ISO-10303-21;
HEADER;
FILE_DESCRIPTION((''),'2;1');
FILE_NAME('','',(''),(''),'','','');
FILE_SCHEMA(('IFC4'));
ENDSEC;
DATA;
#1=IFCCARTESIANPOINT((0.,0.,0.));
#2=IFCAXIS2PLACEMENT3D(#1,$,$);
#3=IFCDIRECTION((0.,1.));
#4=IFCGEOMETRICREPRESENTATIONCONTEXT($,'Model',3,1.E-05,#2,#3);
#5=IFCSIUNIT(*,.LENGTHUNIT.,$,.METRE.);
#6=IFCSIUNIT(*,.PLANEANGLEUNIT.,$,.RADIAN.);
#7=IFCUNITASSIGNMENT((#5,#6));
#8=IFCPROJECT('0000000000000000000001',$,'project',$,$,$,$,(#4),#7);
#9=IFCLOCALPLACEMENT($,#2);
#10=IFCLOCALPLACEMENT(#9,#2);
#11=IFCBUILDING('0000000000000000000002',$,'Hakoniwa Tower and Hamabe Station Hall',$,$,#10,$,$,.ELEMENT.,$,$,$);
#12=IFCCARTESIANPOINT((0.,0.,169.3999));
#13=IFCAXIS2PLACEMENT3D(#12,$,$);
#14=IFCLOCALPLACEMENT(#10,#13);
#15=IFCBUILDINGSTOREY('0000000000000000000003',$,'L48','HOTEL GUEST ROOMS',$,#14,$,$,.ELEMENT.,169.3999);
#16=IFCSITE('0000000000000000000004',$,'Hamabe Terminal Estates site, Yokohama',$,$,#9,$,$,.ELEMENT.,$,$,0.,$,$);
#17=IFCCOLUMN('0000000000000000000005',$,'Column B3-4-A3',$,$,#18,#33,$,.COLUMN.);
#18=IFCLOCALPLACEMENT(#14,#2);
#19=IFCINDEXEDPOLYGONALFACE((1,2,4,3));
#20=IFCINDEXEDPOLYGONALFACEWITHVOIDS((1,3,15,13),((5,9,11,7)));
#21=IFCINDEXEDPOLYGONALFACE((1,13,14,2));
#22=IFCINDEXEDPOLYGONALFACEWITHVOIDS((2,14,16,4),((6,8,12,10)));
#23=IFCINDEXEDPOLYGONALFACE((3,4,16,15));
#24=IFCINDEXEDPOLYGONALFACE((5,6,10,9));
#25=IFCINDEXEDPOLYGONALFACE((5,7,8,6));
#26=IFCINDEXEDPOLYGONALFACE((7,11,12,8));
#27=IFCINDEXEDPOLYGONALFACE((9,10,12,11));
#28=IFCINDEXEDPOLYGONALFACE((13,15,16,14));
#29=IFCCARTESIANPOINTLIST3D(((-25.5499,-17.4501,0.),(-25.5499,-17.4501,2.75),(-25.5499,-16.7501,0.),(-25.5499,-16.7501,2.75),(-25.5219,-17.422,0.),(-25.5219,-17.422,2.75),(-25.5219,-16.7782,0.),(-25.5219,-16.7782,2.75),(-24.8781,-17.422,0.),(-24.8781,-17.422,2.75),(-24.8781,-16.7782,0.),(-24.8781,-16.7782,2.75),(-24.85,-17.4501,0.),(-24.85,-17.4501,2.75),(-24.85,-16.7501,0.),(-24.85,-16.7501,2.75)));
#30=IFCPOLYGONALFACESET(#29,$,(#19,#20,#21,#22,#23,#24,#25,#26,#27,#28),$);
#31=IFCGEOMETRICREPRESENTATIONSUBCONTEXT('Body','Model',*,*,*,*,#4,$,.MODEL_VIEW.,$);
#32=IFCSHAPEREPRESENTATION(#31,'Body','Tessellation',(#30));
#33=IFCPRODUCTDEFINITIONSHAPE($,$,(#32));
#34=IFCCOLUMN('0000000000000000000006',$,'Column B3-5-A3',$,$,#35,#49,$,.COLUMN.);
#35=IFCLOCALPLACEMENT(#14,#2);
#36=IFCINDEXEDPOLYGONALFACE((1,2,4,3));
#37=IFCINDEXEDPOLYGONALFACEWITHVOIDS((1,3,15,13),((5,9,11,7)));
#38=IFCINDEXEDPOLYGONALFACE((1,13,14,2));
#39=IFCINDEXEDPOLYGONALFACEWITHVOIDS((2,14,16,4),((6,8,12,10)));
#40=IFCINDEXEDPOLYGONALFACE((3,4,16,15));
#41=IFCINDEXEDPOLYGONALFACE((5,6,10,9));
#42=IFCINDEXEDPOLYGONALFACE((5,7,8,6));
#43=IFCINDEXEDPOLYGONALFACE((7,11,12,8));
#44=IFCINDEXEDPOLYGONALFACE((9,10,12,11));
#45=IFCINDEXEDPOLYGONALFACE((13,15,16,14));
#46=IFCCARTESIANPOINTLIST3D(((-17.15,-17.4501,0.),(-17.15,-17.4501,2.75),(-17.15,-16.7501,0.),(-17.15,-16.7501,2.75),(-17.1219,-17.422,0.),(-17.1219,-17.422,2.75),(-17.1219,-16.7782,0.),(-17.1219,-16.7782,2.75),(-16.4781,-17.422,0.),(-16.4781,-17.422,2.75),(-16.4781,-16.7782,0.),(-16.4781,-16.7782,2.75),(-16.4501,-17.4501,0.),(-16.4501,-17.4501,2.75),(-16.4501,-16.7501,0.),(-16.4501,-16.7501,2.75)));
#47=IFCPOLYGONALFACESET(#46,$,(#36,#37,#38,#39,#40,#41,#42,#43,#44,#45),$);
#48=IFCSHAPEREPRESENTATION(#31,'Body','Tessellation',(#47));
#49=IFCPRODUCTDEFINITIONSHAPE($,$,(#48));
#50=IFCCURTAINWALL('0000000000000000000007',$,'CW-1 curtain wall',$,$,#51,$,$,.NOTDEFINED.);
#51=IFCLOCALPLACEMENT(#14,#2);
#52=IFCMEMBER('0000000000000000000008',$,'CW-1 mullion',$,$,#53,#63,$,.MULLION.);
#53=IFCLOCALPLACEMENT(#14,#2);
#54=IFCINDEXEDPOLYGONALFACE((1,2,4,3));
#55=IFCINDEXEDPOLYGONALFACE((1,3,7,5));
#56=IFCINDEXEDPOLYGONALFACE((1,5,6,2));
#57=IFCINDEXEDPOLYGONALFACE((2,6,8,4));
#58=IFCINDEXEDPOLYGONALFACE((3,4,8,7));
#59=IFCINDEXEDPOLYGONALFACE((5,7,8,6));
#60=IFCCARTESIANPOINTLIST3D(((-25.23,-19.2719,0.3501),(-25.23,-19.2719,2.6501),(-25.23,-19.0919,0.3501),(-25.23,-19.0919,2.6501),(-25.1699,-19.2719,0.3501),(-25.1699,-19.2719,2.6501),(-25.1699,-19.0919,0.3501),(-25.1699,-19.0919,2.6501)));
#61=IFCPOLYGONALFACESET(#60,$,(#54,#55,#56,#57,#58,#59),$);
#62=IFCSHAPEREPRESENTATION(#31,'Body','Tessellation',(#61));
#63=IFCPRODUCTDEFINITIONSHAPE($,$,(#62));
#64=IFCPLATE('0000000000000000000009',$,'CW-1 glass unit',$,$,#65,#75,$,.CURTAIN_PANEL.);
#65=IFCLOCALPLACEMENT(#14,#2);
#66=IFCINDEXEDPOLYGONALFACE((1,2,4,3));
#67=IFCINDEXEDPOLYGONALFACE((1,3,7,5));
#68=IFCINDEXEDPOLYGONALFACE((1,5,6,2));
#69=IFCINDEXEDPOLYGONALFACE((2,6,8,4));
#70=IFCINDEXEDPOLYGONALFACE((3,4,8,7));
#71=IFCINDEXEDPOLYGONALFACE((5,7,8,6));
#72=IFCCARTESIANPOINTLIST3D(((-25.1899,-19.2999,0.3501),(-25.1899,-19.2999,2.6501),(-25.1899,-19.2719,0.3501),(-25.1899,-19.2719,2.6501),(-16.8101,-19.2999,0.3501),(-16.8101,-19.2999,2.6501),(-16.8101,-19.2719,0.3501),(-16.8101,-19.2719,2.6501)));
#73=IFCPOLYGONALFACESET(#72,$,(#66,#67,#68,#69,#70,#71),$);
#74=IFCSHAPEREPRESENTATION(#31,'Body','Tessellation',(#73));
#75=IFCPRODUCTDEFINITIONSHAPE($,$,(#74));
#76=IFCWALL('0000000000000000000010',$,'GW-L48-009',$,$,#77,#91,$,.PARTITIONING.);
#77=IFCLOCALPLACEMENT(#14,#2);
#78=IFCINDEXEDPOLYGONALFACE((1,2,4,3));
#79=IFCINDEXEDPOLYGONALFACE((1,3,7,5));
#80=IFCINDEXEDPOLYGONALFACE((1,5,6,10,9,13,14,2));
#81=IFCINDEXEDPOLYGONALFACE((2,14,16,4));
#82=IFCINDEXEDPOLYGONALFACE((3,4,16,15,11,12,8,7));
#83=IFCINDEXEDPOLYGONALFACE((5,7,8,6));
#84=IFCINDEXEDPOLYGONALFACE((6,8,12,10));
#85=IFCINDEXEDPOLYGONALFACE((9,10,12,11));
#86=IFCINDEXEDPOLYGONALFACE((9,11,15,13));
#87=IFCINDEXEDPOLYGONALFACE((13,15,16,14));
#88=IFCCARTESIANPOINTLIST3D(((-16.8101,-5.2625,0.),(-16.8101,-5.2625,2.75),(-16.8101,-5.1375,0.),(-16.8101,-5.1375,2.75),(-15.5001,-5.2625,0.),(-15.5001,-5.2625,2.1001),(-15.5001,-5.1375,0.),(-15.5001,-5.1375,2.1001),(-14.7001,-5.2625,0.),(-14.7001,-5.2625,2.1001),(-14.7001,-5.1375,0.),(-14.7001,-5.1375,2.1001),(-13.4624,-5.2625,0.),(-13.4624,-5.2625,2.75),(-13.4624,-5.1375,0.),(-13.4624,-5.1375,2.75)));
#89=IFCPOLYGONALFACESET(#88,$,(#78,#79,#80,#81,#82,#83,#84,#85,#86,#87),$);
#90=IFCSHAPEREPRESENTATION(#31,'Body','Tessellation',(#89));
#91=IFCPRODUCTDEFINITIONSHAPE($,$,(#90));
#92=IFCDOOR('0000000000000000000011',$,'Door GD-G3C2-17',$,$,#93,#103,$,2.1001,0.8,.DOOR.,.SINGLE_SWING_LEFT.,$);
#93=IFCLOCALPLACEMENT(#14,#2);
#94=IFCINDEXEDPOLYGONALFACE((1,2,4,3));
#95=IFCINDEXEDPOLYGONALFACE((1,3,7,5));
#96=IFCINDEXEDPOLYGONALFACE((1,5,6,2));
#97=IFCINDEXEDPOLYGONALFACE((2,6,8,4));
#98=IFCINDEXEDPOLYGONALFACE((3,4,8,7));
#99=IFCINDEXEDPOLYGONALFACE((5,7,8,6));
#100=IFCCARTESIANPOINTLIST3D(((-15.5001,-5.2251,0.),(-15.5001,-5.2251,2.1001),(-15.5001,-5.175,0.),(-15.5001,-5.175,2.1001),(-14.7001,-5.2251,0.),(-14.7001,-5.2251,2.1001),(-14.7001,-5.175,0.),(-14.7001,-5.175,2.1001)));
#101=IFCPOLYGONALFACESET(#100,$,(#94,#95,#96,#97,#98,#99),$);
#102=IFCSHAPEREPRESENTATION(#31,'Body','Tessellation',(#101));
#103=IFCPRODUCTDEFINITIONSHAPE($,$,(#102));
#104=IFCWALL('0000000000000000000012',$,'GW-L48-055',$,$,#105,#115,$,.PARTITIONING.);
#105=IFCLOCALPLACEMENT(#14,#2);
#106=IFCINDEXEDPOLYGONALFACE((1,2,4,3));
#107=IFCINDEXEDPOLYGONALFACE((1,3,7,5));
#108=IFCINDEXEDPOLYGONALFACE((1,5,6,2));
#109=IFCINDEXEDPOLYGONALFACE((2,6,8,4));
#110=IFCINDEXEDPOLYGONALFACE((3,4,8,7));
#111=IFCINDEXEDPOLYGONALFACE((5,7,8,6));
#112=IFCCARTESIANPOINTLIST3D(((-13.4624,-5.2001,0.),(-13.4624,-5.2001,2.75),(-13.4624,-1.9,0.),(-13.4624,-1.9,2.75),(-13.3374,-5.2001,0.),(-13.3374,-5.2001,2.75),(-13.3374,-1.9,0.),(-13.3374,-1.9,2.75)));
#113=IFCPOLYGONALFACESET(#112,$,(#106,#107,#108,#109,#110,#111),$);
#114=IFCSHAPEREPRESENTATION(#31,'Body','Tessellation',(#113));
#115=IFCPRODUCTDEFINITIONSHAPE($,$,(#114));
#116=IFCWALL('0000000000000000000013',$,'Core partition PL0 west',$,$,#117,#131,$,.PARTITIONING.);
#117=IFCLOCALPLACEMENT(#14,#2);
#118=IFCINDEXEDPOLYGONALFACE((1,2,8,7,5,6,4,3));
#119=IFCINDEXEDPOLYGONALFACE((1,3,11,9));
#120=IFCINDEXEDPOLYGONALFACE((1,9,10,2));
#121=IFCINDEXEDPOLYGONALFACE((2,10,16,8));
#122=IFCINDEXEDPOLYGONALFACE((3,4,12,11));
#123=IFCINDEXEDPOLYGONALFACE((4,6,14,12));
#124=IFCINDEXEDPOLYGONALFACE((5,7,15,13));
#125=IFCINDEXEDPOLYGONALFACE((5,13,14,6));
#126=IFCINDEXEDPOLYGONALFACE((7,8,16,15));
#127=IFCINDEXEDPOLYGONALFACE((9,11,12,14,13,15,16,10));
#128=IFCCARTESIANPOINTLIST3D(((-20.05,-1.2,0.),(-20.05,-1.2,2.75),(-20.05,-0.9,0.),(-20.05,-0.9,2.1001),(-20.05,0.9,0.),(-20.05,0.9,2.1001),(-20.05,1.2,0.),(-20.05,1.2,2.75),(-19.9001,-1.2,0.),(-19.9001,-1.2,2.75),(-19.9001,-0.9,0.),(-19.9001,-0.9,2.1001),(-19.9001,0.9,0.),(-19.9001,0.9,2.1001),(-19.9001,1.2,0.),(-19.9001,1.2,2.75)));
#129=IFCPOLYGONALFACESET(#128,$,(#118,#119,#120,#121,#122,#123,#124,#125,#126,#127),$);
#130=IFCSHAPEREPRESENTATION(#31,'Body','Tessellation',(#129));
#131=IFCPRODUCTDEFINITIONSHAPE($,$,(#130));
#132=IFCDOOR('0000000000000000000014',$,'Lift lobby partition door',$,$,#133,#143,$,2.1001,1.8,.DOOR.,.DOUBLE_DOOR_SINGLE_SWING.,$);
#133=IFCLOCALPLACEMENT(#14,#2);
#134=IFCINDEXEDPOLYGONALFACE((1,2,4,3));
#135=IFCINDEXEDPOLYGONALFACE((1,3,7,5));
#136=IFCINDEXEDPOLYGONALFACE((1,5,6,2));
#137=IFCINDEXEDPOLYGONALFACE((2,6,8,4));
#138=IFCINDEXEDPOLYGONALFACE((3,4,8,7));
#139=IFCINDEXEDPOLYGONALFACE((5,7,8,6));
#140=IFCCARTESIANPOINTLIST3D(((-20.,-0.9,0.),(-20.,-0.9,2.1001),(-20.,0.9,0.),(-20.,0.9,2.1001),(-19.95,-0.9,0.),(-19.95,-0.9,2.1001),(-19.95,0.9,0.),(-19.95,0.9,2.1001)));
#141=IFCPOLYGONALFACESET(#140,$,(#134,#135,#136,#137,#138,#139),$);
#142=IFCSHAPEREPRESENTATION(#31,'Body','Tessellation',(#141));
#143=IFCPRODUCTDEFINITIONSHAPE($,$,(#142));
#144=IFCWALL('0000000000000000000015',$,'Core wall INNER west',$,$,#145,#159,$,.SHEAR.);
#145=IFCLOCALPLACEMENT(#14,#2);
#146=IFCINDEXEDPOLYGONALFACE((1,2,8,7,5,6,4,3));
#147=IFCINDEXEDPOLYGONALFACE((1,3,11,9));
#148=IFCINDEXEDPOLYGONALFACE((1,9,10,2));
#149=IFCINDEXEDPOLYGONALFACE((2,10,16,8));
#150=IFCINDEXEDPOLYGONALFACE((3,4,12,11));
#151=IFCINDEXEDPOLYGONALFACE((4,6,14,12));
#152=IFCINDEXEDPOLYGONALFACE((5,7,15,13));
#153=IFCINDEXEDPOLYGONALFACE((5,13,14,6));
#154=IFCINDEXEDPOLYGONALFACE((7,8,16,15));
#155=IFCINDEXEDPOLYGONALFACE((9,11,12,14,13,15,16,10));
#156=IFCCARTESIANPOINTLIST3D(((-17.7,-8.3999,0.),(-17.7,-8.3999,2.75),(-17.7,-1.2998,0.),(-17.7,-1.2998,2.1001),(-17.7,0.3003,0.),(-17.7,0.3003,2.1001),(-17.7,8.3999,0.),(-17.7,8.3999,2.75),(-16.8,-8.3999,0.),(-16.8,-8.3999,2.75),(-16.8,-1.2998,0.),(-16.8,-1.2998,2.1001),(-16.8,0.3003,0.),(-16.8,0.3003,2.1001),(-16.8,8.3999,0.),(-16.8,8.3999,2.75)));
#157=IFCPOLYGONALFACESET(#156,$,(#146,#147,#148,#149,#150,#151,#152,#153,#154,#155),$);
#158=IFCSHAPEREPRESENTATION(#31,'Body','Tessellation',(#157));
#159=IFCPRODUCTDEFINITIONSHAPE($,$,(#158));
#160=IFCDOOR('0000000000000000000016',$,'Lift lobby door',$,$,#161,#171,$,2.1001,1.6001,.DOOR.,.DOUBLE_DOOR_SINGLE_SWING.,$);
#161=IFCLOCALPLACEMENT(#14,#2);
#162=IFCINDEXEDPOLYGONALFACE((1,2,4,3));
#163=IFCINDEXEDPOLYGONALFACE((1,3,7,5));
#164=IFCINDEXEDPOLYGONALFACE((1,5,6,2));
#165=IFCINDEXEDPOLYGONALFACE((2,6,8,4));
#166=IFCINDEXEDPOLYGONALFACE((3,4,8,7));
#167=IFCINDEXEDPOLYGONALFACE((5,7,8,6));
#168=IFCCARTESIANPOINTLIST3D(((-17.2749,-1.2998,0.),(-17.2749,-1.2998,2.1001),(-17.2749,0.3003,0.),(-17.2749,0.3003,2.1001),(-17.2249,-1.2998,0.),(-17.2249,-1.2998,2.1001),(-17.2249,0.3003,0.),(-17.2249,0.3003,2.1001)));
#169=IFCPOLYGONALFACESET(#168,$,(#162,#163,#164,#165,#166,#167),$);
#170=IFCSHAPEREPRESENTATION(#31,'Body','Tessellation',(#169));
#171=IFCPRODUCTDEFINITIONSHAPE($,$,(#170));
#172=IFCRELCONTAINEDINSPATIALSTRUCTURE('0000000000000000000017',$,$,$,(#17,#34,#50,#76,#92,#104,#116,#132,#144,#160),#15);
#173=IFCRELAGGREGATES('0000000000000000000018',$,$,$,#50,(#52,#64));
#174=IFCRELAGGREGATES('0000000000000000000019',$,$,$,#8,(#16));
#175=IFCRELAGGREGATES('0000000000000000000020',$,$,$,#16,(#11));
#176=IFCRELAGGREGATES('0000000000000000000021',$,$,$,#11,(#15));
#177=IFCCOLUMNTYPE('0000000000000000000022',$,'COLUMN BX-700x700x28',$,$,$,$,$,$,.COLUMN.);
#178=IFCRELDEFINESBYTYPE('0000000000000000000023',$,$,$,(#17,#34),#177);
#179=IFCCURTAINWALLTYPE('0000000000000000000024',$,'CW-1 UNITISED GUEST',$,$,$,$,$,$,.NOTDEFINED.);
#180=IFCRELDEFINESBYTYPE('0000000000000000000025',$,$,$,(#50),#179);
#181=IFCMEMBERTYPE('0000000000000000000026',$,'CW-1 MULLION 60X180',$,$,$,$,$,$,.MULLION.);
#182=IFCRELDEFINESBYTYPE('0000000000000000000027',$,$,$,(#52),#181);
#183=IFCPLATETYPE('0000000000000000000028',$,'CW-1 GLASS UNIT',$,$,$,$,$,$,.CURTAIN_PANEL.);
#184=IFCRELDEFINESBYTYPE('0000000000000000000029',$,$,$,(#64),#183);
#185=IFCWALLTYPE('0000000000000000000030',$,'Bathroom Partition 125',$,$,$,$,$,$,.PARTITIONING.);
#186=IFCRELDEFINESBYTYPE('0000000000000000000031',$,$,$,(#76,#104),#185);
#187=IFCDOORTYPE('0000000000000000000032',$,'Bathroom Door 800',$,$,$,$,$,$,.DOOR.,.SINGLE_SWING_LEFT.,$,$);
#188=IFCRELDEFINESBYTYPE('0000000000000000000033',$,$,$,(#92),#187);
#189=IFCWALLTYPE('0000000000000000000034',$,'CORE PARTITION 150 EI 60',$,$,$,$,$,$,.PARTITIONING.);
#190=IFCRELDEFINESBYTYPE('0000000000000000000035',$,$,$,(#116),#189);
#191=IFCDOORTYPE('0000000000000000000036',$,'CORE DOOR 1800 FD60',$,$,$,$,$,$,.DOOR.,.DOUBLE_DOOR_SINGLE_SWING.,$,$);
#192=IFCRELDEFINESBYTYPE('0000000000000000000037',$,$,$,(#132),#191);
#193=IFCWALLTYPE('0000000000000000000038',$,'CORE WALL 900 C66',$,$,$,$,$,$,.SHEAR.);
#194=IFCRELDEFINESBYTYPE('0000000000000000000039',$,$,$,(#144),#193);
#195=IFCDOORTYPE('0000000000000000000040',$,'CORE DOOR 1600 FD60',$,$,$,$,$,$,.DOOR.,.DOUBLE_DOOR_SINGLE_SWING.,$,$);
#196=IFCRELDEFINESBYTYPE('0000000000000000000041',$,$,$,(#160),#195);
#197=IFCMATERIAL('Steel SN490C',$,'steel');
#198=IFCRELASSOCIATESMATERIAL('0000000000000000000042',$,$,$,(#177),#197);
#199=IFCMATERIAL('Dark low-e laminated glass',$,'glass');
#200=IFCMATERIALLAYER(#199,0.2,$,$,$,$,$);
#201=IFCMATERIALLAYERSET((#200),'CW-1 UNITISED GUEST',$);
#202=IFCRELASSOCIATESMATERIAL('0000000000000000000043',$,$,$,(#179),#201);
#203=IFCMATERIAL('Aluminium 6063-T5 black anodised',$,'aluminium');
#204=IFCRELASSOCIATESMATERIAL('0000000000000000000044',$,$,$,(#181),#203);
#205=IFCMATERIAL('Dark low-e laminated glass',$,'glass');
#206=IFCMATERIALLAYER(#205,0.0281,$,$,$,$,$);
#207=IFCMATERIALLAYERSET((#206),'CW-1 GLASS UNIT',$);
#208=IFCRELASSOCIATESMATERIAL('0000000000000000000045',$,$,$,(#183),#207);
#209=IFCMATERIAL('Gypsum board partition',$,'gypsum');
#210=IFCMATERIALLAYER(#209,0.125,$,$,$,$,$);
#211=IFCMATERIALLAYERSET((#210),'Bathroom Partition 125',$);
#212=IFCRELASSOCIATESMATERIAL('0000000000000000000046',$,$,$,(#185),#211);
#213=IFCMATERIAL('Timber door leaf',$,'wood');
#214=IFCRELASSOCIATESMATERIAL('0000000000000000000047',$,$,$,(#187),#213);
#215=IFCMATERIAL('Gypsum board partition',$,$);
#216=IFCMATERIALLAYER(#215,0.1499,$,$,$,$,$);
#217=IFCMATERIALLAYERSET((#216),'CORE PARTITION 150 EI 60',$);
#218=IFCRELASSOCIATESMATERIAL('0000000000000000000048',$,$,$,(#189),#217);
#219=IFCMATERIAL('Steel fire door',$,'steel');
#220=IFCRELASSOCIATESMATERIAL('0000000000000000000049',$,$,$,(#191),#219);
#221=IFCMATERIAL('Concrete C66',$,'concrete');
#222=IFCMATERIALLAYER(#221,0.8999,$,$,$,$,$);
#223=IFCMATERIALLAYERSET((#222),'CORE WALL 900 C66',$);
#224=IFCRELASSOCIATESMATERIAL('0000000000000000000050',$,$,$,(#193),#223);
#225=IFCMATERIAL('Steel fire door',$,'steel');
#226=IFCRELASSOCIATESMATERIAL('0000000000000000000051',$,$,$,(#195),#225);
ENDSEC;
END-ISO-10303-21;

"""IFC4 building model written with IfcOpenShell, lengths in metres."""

from ifc_helpers import new_model, si_unit, direction, frame, frame_2d, origin, origin_2d, place, context, subcontext, project, spatial, rectangle, hollow_rectangle, extrude, material, layer, layer_set, material_profile, profile_set, type_object, element, fill, aggregate, save


model = new_model("IFC4")

# Units and contexts
model_context = context("Model", 3, precision=1e-05, world=origin(), true_north=direction((0.0, 1.0)))
body_context = subcontext(model_context, "Body", "Model", "MODEL_VIEW")
ifc_project = project(units=[si_unit("LENGTHUNIT", "METRE"), si_unit("PLANEANGLEUNIT", "RADIAN")], contexts=[model_context])

# Site, building, storey
site_placement = place(None, origin())
site = spatial("IfcSite", under=ifc_project, at=site_placement, Name="Hamabe Terminal Estates site, Yokohama", CompositionType="ELEMENT", RefElevation=0.0)
building_placement = place(site_placement, origin())
building = spatial("IfcBuilding", under=site, at=building_placement, Name="Hakoniwa Tower and Hamabe Station Hall", CompositionType="ELEMENT")
storey_placement = place(building_placement, frame((0.0, 0.0, 169.3999)))
storey = spatial("IfcBuildingStorey", under=building, at=storey_placement, Name="L48", Description="HOTEL GUEST ROOMS", CompositionType="ELEMENT", Elevation=169.3999)

# Columns
ifc_material_1 = material(Name="Steel SN490C", Category="steel")
ifc_material_profile_1 = material_profile(ifc_material_1, hollow_rectangle(XDim=0.7, YDim=0.7, WallThickness=0.0281, at=origin_2d()), Name="BX-700x700x28")
ifc_profile_set_1 = profile_set([ifc_material_profile_1], Name="Steel SN490C")
column_type = type_object("IfcColumnType", Name="COLUMN BX-700x700x28", PredefinedType="COLUMN", material=ifc_profile_set_1)
for number, where, z_axis, x_axis, name in (
    (1, (-25.2, -17.1001, 0.0), (0.0, 0.0, 1.0), (1.0, 0.0, 0.0), "Column B3-4-A3"),
    (2, (-16.8, -17.1001, 0.0), (0.0, 0.0, 1.0), (1.0, 0.0, 0.0), "Column B3-5-A3"),
):
    element("IfcColumn", number, at=place(storey_placement, frame(where, z_axis=z_axis, x_axis=x_axis)), inside=storey, type_object=column_type, Name=name, PredefinedType="COLUMN", context=body_context, shape_type="SweptSolid", body=[
        extrude(hollow_rectangle(XDim=0.7, YDim=0.7, WallThickness=0.0281, at=origin_2d()), origin(), (0.0, 0.0, 1.0), 2.75),
    ])

# Curtain wall, member, plate
ifc_material_2 = material(Name="Dark low-e laminated glass", Category="glass")
ifc_layer_1 = layer(ifc_material_2, 0.2)
ifc_layer_set_1 = layer_set([ifc_layer_1], Name="CW-1 UNITISED GUEST")
curtain_wall_type = type_object("IfcCurtainWallType", Name="CW-1 UNITISED GUEST", PredefinedType="NOTDEFINED", material=ifc_layer_set_1)
curtain_wall_placement = place(storey_placement, origin())
curtain_wall = element("IfcCurtainWall", 3, at=curtain_wall_placement, inside=storey, type_object=curtain_wall_type, Name="CW-1 curtain wall", PredefinedType="NOTDEFINED")
ifc_material_3 = material(Name="Aluminium 6063-T5 black anodised", Category="aluminium")
ifc_material_profile_2 = material_profile(ifc_material_3, rectangle(XDim=0.0601, YDim=0.1799, at=origin_2d()), Name="CW-1 MULLION 60X180")
ifc_profile_set_2 = profile_set([ifc_material_profile_2], Name="Aluminium 6063-T5 black anodised")
member_type = type_object("IfcMemberType", Name="CW-1 MULLION 60X180", PredefinedType="MULLION", material=ifc_profile_set_2)
member_placement = place(storey_placement, frame((-25.2, -19.1819, 0.3501), z_axis=(0.0, 0.0, 1.0), x_axis=(1.0, 0.0, 0.0)))
member = element("IfcMember", 4, at=member_placement, type_object=member_type, Name="CW-1 mullion", PredefinedType="MULLION", context=body_context, shape_type="SweptSolid", body=[
    extrude(rectangle(XDim=0.0601, YDim=0.1799, at=origin_2d()), origin(), (0.0, 0.0, 1.0), 2.3),
])
ifc_material_4 = material(Name="Dark low-e laminated glass", Category="glass")
ifc_layer_2 = layer(ifc_material_4, 0.0281)
ifc_layer_set_2 = layer_set([ifc_layer_2], Name="CW-1 GLASS UNIT")
plate_type = type_object("IfcPlateType", Name="CW-1 GLASS UNIT", PredefinedType="CURTAIN_PANEL", material=ifc_layer_set_2)
plate_placement = place(storey_placement, frame((-21.0, -19.2859, 0.3501), z_axis=(0.0, 0.0, 1.0), x_axis=(1.0, 0.0, 0.0)))
plate = element("IfcPlate", 5, at=plate_placement, type_object=plate_type, Name="CW-1 glass unit", PredefinedType="CURTAIN_PANEL", context=body_context, shape_type="SweptSolid", body=[
    extrude(rectangle(XDim=8.3799, YDim=0.0281, at=origin_2d()), origin(), (0.0, 0.0, 1.0), 2.3),
])
aggregate(curtain_wall, [member, plate])

# Wall, opening, door
ifc_material_5 = material(Name="Gypsum board partition", Category="gypsum")
ifc_layer_3 = layer(ifc_material_5, 0.125)
ifc_layer_set_3 = layer_set([ifc_layer_3], Name="Bathroom Partition 125")
wall_type_1 = type_object("IfcWallType", Name="Bathroom Partition 125", PredefinedType="PARTITIONING", material=ifc_layer_set_3)
wall_1_placement = place(storey_placement, frame((-16.8101, -5.2, 0.0), z_axis=(0.0, 0.0, 1.0), x_axis=(1.0, 0.0, 0.0)))
wall_1 = element("IfcWall", 6, at=wall_1_placement, inside=storey, type_object=wall_type_1, Name="GW-L48-009", PredefinedType="PARTITIONING", context=body_context, shape_type="SweptSolid", body=[
    extrude(rectangle(XDim=3.3477, YDim=0.125, at=frame_2d((1.6738, 0.0))), origin(), (0.0, 0.0, 1.0), 2.75),
])
opening_1_placement = place(wall_1_placement, frame((1.3101, 0.0, 0.0)))
opening_1 = element("IfcOpeningElement", 7, at=opening_1_placement, cuts=wall_1, PredefinedType="OPENING", context=body_context, shape_type="SweptSolid", body=[
    extrude(rectangle(XDim=0.8, YDim=2.1001, at=frame_2d((0.3999, 1.05))), frame((0.0, 0.0725, 0.0), z_axis=(0.0, -1.0, 0.0), x_axis=(1.0, 0.0, 0.0)), (0.0, 0.0, 1.0), 0.145),
])
ifc_material_6 = material(Name="Timber door leaf", Category="wood")
door_type_1 = type_object("IfcDoorType", Name="Bathroom Door 800", OperationType="SINGLE_SWING_LEFT", PredefinedType="DOOR", material=ifc_material_6)
door_1_placement = place(opening_1_placement, origin())
door_1 = element("IfcDoor", 8, at=door_1_placement, inside=storey, type_object=door_type_1, Name="Door GD-G3C2-17", OperationType="SINGLE_SWING_LEFT", OverallHeight=2.1001, OverallWidth=0.8, PredefinedType="DOOR", context=body_context, shape_type="SweptSolid", body=[
    extrude(rectangle(XDim=0.8, YDim=2.1001, at=frame_2d((0.3999, 1.05))), frame((0.0, 0.0249, 0.0), z_axis=(0.0, -1.0, 0.0), x_axis=(1.0, 0.0, 0.0)), (0.0, 0.0, 1.0), 0.05),
])
fill(opening_1, door_1)

# Wall
wall_2_placement = place(storey_placement, frame((-13.3999, -5.2, 0.0), z_axis=(0.0, 0.0, 1.0), x_axis=(0.0, 1.0, 0.0)))
element("IfcWall", 9, at=wall_2_placement, inside=storey, type_object=wall_type_1, Name="GW-L48-055", PredefinedType="PARTITIONING", context=body_context, shape_type="SweptSolid", body=[
    extrude(rectangle(XDim=3.3, YDim=0.125, at=frame_2d((1.6499, 0.0))), origin(), (0.0, 0.0, 1.0), 2.75),
])

# Walls, openings, doors
ifc_material_7 = material(Name="Gypsum board partition")
ifc_layer_4 = layer(ifc_material_7, 0.1499)
ifc_layer_set_4 = layer_set([ifc_layer_4], Name="CORE PARTITION 150 EI 60")
wall_type_2 = type_object("IfcWallType", Name="CORE PARTITION 150 EI 60", PredefinedType="PARTITIONING", material=ifc_layer_set_4)
wall_3_placement = place(storey_placement, frame((-19.9751, -1.2, 0.0), z_axis=(0.0, 0.0, 1.0), x_axis=(0.0, 1.0, 0.0)))
wall_3 = element("IfcWall", 10, at=wall_3_placement, inside=storey, type_object=wall_type_2, Name="Core partition PL0 west", PredefinedType="PARTITIONING", context=body_context, shape_type="SweptSolid", body=[
    extrude(rectangle(XDim=2.3999, YDim=0.1499, at=frame_2d((1.2, 0.0))), origin(), (0.0, 0.0, 1.0), 2.75),
])
opening_2_placement = place(wall_3_placement, frame((0.3, 0.0, 0.0)))
opening_2 = element("IfcOpeningElement", 11, at=opening_2_placement, cuts=wall_3, PredefinedType="OPENING", context=body_context, shape_type="SweptSolid", body=[
    extrude(rectangle(XDim=1.8, YDim=2.1001, at=frame_2d((0.8999, 1.05))), frame((0.0, 0.085, 0.0), z_axis=(0.0, -1.0, 0.0), x_axis=(1.0, 0.0, 0.0)), (0.0, 0.0, 1.0), 0.1699),
])
ifc_material_8 = material(Name="Steel fire door", Category="steel")
door_type_2 = type_object("IfcDoorType", Name="CORE DOOR 1800 FD60", OperationType="DOUBLE_DOOR_SINGLE_SWING", PredefinedType="DOOR", material=ifc_material_8)
door_2_placement = place(opening_2_placement, origin())
door_2 = element("IfcDoor", 12, at=door_2_placement, inside=storey, type_object=door_type_2, Name="Lift lobby partition door", OperationType="DOUBLE_DOOR_SINGLE_SWING", OverallHeight=2.1001, OverallWidth=1.8, PredefinedType="DOOR", context=body_context, shape_type="SweptSolid", body=[
    extrude(rectangle(XDim=1.8, YDim=2.1001, at=frame_2d((0.8999, 1.05))), frame((0.0, 0.0249, 0.0), z_axis=(0.0, -1.0, 0.0), x_axis=(1.0, 0.0, 0.0)), (0.0, 0.0, 1.0), 0.05),
])
fill(opening_2, door_2)
ifc_material_9 = material(Name="Concrete C66", Category="concrete")
ifc_layer_5 = layer(ifc_material_9, 0.8999)
ifc_layer_set_5 = layer_set([ifc_layer_5], Name="CORE WALL 900 C66")
wall_type_3 = type_object("IfcWallType", Name="CORE WALL 900 C66", PredefinedType="SHEAR", material=ifc_layer_set_5)
wall_4_placement = place(storey_placement, frame((-17.25, -8.3999, 0.0), z_axis=(0.0, 0.0, 1.0), x_axis=(0.0, 1.0, 0.0)))
wall_4 = element("IfcWall", 13, at=wall_4_placement, inside=storey, type_object=wall_type_3, Name="Core wall INNER west", PredefinedType="SHEAR", context=body_context, shape_type="SweptSolid", body=[
    extrude(rectangle(XDim=16.7998, YDim=0.8999, at=frame_2d((8.3999, 0.0))), origin(), (0.0, 0.0, 1.0), 2.75),
])
opening_3_placement = place(wall_4_placement, frame((7.1001, 0.0, 0.0)))
opening_3 = element("IfcOpeningElement", 14, at=opening_3_placement, cuts=wall_4, PredefinedType="OPENING", context=body_context, shape_type="SweptSolid", body=[
    extrude(rectangle(XDim=1.6001, YDim=2.1001, at=frame_2d((0.8, 1.05))), frame((0.0, 0.46, 0.0), z_axis=(0.0, -1.0, 0.0), x_axis=(1.0, 0.0, 0.0)), (0.0, 0.0, 1.0), 0.9199),
])
ifc_material_10 = material(Name="Steel fire door", Category="steel")
door_type_3 = type_object("IfcDoorType", Name="CORE DOOR 1600 FD60", OperationType="DOUBLE_DOOR_SINGLE_SWING", PredefinedType="DOOR", material=ifc_material_10)
door_3_placement = place(opening_3_placement, origin())
door_3 = element("IfcDoor", 15, at=door_3_placement, inside=storey, type_object=door_type_3, Name="Lift lobby door", OperationType="DOUBLE_DOOR_SINGLE_SWING", OverallHeight=2.1001, OverallWidth=1.6001, PredefinedType="DOOR", context=body_context, shape_type="SweptSolid", body=[
    extrude(rectangle(XDim=1.6001, YDim=2.1001, at=frame_2d((0.8, 1.05))), frame((0.0, 0.0249, 0.0), z_axis=(0.0, -1.0, 0.0), x_axis=(1.0, 0.0, 0.0)), (0.0, 0.0, 1.0), 0.05),
])
fill(opening_3, door_3)

save(model, "model.ifc")
